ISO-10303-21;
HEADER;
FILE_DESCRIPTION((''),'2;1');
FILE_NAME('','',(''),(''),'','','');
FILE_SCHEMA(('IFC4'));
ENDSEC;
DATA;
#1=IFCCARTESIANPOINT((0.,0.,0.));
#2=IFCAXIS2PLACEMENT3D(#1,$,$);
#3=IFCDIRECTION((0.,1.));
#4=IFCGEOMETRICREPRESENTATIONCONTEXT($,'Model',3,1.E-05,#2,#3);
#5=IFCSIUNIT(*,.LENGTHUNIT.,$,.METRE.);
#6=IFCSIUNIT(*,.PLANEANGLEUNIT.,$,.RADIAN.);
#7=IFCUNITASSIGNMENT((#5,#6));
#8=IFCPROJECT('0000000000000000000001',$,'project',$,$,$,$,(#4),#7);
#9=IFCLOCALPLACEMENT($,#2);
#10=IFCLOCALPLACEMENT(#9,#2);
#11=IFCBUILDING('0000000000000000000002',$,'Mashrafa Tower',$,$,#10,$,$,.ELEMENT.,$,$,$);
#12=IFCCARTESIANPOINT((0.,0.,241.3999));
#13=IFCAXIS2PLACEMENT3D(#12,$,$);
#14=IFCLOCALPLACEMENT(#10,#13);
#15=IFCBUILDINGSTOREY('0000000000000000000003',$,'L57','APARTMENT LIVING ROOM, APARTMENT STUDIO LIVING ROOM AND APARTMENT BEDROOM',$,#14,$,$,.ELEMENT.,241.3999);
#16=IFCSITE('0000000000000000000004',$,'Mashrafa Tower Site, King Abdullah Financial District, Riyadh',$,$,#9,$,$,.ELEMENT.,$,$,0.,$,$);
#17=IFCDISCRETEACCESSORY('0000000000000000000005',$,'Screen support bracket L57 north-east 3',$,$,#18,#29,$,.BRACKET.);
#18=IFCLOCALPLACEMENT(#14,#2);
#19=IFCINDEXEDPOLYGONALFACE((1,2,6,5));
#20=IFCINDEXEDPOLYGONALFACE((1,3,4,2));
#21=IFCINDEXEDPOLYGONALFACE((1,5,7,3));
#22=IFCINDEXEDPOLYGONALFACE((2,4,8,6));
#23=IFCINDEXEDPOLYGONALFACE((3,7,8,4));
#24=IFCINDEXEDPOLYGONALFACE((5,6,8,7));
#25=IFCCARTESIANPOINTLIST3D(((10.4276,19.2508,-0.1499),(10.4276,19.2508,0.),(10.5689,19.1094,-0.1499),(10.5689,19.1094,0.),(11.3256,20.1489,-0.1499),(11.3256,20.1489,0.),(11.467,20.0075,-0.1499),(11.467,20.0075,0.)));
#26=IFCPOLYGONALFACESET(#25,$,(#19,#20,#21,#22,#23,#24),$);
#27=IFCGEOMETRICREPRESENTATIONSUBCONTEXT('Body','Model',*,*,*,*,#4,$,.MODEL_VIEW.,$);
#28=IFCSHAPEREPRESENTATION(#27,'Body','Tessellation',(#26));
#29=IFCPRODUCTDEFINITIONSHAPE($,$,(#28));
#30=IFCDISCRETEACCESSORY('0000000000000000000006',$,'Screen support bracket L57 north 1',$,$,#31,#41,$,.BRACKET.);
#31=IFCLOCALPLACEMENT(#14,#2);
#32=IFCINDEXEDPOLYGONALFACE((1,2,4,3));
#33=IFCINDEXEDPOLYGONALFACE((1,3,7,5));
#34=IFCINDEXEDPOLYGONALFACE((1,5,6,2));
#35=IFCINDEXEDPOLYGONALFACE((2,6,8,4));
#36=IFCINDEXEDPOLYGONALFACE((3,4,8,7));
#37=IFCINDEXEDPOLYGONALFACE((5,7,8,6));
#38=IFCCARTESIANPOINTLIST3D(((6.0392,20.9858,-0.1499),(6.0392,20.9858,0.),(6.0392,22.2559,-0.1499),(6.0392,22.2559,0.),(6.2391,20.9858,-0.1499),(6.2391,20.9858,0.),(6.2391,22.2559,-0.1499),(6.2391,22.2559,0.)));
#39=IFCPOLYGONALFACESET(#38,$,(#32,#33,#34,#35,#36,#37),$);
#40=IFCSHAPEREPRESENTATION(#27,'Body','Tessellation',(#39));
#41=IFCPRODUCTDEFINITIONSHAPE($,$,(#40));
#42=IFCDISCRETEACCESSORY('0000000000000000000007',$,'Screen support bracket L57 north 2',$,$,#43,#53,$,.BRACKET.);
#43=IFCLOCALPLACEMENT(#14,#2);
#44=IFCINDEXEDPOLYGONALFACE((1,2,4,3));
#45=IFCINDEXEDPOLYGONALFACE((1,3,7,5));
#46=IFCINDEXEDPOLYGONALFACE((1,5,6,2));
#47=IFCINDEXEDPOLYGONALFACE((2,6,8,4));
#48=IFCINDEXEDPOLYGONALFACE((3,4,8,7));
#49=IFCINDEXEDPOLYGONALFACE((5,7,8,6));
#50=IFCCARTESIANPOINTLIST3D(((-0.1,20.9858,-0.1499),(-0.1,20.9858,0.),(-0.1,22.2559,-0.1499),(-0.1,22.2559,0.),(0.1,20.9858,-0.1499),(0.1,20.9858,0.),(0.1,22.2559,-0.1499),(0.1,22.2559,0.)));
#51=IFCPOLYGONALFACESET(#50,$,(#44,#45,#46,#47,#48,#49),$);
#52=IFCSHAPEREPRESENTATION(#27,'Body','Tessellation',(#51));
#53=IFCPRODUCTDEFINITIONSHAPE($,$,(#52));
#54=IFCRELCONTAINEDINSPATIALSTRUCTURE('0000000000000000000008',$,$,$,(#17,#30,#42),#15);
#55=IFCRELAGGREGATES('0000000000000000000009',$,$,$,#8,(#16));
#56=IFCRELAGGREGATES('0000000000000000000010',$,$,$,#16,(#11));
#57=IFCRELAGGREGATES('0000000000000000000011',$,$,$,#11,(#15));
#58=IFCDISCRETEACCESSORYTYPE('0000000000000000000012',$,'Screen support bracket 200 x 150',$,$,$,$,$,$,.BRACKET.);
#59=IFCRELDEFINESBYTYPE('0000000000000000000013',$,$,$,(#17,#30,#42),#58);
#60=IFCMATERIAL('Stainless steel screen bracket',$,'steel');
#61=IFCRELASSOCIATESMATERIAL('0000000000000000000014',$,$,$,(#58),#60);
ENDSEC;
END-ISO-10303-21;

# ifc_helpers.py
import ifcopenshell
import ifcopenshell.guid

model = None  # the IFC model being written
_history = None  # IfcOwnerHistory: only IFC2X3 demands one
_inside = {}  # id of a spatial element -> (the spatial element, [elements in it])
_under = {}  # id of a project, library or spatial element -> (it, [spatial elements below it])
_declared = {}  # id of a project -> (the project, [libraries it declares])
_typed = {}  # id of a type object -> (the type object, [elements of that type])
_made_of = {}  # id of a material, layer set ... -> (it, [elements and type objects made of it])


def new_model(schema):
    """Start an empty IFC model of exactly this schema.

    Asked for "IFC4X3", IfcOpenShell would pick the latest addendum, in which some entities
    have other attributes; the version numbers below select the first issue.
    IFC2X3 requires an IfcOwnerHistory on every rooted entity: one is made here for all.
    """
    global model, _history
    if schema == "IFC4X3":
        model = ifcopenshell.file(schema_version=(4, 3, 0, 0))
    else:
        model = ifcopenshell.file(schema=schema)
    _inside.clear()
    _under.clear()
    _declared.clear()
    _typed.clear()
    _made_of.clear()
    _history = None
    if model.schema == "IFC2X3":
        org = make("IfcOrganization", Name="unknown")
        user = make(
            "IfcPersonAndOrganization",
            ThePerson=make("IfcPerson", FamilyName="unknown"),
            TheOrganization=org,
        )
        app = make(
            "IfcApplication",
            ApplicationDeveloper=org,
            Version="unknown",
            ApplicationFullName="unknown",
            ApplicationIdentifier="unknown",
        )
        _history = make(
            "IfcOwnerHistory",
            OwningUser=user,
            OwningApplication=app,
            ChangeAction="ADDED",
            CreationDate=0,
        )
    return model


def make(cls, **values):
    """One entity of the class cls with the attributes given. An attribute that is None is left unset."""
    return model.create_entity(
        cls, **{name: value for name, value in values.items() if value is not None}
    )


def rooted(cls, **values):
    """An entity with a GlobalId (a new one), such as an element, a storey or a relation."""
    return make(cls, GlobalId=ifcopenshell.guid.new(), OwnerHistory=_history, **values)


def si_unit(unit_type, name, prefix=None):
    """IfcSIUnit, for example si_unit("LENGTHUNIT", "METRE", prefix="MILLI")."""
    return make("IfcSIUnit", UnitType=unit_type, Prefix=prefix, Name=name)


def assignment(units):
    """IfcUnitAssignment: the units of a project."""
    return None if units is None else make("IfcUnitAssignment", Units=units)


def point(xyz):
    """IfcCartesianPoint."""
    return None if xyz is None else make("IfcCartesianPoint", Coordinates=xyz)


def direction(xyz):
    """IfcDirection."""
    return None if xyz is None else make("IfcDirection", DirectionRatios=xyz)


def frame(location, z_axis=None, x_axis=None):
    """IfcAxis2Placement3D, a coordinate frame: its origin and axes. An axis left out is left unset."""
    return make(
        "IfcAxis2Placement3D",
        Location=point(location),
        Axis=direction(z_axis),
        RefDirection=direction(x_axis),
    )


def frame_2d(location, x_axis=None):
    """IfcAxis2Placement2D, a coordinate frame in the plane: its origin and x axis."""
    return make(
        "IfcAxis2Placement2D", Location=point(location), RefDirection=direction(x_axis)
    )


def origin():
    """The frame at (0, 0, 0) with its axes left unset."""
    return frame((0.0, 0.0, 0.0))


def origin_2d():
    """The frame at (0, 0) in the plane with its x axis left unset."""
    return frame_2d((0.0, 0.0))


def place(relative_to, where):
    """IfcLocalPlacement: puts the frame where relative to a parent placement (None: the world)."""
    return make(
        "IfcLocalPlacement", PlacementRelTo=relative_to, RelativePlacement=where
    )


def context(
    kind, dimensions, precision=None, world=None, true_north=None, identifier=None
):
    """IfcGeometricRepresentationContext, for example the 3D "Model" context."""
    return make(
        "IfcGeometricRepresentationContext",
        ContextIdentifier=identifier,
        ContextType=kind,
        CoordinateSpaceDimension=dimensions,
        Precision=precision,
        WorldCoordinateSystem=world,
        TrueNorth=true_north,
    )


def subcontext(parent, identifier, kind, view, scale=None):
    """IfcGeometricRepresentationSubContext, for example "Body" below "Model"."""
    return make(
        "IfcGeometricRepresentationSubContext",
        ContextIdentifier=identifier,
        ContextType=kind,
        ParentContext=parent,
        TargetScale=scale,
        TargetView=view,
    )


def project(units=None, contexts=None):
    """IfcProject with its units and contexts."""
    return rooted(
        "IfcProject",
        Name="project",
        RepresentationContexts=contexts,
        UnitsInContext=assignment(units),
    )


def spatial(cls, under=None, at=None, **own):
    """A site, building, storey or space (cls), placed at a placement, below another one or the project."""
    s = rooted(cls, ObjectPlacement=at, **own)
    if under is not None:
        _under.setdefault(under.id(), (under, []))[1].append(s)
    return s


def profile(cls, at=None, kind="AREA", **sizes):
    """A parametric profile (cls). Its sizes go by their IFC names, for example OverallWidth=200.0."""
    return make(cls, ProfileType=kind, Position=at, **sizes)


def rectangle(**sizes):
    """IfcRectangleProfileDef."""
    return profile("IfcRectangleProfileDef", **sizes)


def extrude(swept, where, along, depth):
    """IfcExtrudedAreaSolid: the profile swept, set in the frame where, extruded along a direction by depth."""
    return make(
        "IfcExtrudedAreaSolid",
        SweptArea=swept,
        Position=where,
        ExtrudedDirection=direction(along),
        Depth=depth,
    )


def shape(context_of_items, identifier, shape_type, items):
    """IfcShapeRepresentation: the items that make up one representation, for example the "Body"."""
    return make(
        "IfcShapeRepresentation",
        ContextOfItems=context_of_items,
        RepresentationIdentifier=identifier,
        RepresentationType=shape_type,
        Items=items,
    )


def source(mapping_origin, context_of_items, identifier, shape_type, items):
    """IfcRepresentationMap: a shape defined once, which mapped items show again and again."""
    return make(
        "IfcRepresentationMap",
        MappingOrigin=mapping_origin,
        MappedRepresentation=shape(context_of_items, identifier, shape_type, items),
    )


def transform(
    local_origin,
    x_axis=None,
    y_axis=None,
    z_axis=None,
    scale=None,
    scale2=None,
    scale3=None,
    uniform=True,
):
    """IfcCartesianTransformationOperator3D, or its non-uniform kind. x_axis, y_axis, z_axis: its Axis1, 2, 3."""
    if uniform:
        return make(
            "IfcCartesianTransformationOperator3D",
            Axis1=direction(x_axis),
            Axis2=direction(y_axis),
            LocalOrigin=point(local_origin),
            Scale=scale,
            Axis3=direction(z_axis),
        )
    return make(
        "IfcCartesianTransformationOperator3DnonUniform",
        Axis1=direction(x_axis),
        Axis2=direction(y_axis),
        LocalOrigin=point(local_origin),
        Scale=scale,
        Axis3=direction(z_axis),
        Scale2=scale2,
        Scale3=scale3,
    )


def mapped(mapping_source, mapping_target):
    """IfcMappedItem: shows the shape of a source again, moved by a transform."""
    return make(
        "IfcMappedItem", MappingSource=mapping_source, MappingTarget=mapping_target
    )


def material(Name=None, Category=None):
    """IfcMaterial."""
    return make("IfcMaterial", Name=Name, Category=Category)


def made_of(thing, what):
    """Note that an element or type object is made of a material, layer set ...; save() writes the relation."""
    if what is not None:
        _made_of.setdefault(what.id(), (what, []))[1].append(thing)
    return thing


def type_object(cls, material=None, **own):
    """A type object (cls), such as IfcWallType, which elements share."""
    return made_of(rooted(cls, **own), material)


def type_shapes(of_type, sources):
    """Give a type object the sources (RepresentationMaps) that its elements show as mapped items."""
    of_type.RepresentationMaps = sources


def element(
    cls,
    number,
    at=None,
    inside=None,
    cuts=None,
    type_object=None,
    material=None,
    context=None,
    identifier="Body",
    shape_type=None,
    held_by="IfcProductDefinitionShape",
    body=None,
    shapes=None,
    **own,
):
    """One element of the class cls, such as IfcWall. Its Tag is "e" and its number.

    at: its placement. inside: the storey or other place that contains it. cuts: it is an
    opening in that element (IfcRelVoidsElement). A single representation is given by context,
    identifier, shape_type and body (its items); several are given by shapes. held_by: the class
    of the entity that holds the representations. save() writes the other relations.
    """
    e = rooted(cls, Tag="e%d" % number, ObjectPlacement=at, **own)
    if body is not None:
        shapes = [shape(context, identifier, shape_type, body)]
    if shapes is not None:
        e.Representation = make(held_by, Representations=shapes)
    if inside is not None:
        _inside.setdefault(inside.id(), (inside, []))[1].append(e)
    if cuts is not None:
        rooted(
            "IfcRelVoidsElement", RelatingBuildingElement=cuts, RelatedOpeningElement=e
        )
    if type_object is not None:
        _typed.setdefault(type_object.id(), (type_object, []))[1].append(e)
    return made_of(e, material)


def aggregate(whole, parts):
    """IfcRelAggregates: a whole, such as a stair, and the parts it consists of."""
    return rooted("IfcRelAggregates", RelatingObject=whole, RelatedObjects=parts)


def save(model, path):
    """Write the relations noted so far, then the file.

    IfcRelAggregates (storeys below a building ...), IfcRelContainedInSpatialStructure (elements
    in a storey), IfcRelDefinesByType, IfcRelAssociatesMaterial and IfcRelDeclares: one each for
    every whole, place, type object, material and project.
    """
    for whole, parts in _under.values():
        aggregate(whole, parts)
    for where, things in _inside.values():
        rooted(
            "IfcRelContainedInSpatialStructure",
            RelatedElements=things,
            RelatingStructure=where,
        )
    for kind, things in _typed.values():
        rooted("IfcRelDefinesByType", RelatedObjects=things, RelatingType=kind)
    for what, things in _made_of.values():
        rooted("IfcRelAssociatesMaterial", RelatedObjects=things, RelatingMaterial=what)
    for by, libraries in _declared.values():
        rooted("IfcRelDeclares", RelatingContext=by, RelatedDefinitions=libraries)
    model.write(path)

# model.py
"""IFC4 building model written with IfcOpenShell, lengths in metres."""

from ifc_helpers import new_model, si_unit, direction, frame, origin, origin_2d, place, context, subcontext, project, spatial, rectangle, extrude, source, transform, mapped, material, type_object, type_shapes, element, save


model = new_model("IFC4")

# Units and contexts
model_context = context("Model", 3, precision=1e-05, world=origin(), true_north=direction((0.0, 1.0)))
body_context = subcontext(model_context, "Body", "Model", "MODEL_VIEW")
ifc_project = project(units=[si_unit("LENGTHUNIT", "METRE"), si_unit("PLANEANGLEUNIT", "RADIAN")], contexts=[model_context])

# Site, building, storey
site_placement = place(None, origin())
site = spatial("IfcSite", under=ifc_project, at=site_placement, Name="Mashrafa Tower Site, King Abdullah Financial District, Riyadh", CompositionType="ELEMENT", RefElevation=0.0)
building_placement = place(site_placement, origin())
building = spatial("IfcBuilding", under=site, at=building_placement, Name="Mashrafa Tower", CompositionType="ELEMENT")
storey_placement = place(building_placement, frame((0.0, 0.0, 241.3999)))
storey = spatial("IfcBuildingStorey", under=building, at=storey_placement, Name="L57", Description="APARTMENT LIVING ROOM, APARTMENT STUDIO LIVING ROOM AND APARTMENT BEDROOM", CompositionType="ELEMENT", Elevation=241.3999)

# Discrete accessories
ifc_material_1 = material(Name="Stainless steel screen bracket", Category="steel")
discrete_accessory_type = type_object("IfcDiscreteAccessoryType", Name="Screen support bracket 200 x 150", PredefinedType="BRACKET", material=ifc_material_1)
shared_shape_1 = source(origin(), body_context, "Body", "SweptSolid", [
    extrude(rectangle(XDim=0.2, YDim=1.27, at=origin_2d()), origin(), (0.0, 0.0, 1.0), 0.1499),
])
type_shapes(discrete_accessory_type, [shared_shape_1])
for number, where, z_axis, x_axis, name in (
    (1, (10.9473, 19.6292, -0.1499), (0.0, 0.0, 1.0), (-0.707107, 0.707107, 0.0), "Screen support bracket L57 north-east 3"),
    (2, (6.1392, 21.6208, -0.1499), (0.0, 0.0, 1.0), (-1.0, 0.0, 0.0), "Screen support bracket L57 north 1"),
    (3, (0.0, 21.6208, -0.1499), (0.0, 0.0, 1.0), (-1.0, 0.0, 0.0), "Screen support bracket L57 north 2"),
):
    element("IfcDiscreteAccessory", number, at=place(storey_placement, frame(where, z_axis=z_axis, x_axis=x_axis)), inside=storey, type_object=discrete_accessory_type, Name=name, PredefinedType="BRACKET", context=body_context, shape_type="MappedRepresentation", body=[
        mapped(shared_shape_1, transform((0.0, 0.0, 0.0))),
    ])

save(model, "model.ifc")
